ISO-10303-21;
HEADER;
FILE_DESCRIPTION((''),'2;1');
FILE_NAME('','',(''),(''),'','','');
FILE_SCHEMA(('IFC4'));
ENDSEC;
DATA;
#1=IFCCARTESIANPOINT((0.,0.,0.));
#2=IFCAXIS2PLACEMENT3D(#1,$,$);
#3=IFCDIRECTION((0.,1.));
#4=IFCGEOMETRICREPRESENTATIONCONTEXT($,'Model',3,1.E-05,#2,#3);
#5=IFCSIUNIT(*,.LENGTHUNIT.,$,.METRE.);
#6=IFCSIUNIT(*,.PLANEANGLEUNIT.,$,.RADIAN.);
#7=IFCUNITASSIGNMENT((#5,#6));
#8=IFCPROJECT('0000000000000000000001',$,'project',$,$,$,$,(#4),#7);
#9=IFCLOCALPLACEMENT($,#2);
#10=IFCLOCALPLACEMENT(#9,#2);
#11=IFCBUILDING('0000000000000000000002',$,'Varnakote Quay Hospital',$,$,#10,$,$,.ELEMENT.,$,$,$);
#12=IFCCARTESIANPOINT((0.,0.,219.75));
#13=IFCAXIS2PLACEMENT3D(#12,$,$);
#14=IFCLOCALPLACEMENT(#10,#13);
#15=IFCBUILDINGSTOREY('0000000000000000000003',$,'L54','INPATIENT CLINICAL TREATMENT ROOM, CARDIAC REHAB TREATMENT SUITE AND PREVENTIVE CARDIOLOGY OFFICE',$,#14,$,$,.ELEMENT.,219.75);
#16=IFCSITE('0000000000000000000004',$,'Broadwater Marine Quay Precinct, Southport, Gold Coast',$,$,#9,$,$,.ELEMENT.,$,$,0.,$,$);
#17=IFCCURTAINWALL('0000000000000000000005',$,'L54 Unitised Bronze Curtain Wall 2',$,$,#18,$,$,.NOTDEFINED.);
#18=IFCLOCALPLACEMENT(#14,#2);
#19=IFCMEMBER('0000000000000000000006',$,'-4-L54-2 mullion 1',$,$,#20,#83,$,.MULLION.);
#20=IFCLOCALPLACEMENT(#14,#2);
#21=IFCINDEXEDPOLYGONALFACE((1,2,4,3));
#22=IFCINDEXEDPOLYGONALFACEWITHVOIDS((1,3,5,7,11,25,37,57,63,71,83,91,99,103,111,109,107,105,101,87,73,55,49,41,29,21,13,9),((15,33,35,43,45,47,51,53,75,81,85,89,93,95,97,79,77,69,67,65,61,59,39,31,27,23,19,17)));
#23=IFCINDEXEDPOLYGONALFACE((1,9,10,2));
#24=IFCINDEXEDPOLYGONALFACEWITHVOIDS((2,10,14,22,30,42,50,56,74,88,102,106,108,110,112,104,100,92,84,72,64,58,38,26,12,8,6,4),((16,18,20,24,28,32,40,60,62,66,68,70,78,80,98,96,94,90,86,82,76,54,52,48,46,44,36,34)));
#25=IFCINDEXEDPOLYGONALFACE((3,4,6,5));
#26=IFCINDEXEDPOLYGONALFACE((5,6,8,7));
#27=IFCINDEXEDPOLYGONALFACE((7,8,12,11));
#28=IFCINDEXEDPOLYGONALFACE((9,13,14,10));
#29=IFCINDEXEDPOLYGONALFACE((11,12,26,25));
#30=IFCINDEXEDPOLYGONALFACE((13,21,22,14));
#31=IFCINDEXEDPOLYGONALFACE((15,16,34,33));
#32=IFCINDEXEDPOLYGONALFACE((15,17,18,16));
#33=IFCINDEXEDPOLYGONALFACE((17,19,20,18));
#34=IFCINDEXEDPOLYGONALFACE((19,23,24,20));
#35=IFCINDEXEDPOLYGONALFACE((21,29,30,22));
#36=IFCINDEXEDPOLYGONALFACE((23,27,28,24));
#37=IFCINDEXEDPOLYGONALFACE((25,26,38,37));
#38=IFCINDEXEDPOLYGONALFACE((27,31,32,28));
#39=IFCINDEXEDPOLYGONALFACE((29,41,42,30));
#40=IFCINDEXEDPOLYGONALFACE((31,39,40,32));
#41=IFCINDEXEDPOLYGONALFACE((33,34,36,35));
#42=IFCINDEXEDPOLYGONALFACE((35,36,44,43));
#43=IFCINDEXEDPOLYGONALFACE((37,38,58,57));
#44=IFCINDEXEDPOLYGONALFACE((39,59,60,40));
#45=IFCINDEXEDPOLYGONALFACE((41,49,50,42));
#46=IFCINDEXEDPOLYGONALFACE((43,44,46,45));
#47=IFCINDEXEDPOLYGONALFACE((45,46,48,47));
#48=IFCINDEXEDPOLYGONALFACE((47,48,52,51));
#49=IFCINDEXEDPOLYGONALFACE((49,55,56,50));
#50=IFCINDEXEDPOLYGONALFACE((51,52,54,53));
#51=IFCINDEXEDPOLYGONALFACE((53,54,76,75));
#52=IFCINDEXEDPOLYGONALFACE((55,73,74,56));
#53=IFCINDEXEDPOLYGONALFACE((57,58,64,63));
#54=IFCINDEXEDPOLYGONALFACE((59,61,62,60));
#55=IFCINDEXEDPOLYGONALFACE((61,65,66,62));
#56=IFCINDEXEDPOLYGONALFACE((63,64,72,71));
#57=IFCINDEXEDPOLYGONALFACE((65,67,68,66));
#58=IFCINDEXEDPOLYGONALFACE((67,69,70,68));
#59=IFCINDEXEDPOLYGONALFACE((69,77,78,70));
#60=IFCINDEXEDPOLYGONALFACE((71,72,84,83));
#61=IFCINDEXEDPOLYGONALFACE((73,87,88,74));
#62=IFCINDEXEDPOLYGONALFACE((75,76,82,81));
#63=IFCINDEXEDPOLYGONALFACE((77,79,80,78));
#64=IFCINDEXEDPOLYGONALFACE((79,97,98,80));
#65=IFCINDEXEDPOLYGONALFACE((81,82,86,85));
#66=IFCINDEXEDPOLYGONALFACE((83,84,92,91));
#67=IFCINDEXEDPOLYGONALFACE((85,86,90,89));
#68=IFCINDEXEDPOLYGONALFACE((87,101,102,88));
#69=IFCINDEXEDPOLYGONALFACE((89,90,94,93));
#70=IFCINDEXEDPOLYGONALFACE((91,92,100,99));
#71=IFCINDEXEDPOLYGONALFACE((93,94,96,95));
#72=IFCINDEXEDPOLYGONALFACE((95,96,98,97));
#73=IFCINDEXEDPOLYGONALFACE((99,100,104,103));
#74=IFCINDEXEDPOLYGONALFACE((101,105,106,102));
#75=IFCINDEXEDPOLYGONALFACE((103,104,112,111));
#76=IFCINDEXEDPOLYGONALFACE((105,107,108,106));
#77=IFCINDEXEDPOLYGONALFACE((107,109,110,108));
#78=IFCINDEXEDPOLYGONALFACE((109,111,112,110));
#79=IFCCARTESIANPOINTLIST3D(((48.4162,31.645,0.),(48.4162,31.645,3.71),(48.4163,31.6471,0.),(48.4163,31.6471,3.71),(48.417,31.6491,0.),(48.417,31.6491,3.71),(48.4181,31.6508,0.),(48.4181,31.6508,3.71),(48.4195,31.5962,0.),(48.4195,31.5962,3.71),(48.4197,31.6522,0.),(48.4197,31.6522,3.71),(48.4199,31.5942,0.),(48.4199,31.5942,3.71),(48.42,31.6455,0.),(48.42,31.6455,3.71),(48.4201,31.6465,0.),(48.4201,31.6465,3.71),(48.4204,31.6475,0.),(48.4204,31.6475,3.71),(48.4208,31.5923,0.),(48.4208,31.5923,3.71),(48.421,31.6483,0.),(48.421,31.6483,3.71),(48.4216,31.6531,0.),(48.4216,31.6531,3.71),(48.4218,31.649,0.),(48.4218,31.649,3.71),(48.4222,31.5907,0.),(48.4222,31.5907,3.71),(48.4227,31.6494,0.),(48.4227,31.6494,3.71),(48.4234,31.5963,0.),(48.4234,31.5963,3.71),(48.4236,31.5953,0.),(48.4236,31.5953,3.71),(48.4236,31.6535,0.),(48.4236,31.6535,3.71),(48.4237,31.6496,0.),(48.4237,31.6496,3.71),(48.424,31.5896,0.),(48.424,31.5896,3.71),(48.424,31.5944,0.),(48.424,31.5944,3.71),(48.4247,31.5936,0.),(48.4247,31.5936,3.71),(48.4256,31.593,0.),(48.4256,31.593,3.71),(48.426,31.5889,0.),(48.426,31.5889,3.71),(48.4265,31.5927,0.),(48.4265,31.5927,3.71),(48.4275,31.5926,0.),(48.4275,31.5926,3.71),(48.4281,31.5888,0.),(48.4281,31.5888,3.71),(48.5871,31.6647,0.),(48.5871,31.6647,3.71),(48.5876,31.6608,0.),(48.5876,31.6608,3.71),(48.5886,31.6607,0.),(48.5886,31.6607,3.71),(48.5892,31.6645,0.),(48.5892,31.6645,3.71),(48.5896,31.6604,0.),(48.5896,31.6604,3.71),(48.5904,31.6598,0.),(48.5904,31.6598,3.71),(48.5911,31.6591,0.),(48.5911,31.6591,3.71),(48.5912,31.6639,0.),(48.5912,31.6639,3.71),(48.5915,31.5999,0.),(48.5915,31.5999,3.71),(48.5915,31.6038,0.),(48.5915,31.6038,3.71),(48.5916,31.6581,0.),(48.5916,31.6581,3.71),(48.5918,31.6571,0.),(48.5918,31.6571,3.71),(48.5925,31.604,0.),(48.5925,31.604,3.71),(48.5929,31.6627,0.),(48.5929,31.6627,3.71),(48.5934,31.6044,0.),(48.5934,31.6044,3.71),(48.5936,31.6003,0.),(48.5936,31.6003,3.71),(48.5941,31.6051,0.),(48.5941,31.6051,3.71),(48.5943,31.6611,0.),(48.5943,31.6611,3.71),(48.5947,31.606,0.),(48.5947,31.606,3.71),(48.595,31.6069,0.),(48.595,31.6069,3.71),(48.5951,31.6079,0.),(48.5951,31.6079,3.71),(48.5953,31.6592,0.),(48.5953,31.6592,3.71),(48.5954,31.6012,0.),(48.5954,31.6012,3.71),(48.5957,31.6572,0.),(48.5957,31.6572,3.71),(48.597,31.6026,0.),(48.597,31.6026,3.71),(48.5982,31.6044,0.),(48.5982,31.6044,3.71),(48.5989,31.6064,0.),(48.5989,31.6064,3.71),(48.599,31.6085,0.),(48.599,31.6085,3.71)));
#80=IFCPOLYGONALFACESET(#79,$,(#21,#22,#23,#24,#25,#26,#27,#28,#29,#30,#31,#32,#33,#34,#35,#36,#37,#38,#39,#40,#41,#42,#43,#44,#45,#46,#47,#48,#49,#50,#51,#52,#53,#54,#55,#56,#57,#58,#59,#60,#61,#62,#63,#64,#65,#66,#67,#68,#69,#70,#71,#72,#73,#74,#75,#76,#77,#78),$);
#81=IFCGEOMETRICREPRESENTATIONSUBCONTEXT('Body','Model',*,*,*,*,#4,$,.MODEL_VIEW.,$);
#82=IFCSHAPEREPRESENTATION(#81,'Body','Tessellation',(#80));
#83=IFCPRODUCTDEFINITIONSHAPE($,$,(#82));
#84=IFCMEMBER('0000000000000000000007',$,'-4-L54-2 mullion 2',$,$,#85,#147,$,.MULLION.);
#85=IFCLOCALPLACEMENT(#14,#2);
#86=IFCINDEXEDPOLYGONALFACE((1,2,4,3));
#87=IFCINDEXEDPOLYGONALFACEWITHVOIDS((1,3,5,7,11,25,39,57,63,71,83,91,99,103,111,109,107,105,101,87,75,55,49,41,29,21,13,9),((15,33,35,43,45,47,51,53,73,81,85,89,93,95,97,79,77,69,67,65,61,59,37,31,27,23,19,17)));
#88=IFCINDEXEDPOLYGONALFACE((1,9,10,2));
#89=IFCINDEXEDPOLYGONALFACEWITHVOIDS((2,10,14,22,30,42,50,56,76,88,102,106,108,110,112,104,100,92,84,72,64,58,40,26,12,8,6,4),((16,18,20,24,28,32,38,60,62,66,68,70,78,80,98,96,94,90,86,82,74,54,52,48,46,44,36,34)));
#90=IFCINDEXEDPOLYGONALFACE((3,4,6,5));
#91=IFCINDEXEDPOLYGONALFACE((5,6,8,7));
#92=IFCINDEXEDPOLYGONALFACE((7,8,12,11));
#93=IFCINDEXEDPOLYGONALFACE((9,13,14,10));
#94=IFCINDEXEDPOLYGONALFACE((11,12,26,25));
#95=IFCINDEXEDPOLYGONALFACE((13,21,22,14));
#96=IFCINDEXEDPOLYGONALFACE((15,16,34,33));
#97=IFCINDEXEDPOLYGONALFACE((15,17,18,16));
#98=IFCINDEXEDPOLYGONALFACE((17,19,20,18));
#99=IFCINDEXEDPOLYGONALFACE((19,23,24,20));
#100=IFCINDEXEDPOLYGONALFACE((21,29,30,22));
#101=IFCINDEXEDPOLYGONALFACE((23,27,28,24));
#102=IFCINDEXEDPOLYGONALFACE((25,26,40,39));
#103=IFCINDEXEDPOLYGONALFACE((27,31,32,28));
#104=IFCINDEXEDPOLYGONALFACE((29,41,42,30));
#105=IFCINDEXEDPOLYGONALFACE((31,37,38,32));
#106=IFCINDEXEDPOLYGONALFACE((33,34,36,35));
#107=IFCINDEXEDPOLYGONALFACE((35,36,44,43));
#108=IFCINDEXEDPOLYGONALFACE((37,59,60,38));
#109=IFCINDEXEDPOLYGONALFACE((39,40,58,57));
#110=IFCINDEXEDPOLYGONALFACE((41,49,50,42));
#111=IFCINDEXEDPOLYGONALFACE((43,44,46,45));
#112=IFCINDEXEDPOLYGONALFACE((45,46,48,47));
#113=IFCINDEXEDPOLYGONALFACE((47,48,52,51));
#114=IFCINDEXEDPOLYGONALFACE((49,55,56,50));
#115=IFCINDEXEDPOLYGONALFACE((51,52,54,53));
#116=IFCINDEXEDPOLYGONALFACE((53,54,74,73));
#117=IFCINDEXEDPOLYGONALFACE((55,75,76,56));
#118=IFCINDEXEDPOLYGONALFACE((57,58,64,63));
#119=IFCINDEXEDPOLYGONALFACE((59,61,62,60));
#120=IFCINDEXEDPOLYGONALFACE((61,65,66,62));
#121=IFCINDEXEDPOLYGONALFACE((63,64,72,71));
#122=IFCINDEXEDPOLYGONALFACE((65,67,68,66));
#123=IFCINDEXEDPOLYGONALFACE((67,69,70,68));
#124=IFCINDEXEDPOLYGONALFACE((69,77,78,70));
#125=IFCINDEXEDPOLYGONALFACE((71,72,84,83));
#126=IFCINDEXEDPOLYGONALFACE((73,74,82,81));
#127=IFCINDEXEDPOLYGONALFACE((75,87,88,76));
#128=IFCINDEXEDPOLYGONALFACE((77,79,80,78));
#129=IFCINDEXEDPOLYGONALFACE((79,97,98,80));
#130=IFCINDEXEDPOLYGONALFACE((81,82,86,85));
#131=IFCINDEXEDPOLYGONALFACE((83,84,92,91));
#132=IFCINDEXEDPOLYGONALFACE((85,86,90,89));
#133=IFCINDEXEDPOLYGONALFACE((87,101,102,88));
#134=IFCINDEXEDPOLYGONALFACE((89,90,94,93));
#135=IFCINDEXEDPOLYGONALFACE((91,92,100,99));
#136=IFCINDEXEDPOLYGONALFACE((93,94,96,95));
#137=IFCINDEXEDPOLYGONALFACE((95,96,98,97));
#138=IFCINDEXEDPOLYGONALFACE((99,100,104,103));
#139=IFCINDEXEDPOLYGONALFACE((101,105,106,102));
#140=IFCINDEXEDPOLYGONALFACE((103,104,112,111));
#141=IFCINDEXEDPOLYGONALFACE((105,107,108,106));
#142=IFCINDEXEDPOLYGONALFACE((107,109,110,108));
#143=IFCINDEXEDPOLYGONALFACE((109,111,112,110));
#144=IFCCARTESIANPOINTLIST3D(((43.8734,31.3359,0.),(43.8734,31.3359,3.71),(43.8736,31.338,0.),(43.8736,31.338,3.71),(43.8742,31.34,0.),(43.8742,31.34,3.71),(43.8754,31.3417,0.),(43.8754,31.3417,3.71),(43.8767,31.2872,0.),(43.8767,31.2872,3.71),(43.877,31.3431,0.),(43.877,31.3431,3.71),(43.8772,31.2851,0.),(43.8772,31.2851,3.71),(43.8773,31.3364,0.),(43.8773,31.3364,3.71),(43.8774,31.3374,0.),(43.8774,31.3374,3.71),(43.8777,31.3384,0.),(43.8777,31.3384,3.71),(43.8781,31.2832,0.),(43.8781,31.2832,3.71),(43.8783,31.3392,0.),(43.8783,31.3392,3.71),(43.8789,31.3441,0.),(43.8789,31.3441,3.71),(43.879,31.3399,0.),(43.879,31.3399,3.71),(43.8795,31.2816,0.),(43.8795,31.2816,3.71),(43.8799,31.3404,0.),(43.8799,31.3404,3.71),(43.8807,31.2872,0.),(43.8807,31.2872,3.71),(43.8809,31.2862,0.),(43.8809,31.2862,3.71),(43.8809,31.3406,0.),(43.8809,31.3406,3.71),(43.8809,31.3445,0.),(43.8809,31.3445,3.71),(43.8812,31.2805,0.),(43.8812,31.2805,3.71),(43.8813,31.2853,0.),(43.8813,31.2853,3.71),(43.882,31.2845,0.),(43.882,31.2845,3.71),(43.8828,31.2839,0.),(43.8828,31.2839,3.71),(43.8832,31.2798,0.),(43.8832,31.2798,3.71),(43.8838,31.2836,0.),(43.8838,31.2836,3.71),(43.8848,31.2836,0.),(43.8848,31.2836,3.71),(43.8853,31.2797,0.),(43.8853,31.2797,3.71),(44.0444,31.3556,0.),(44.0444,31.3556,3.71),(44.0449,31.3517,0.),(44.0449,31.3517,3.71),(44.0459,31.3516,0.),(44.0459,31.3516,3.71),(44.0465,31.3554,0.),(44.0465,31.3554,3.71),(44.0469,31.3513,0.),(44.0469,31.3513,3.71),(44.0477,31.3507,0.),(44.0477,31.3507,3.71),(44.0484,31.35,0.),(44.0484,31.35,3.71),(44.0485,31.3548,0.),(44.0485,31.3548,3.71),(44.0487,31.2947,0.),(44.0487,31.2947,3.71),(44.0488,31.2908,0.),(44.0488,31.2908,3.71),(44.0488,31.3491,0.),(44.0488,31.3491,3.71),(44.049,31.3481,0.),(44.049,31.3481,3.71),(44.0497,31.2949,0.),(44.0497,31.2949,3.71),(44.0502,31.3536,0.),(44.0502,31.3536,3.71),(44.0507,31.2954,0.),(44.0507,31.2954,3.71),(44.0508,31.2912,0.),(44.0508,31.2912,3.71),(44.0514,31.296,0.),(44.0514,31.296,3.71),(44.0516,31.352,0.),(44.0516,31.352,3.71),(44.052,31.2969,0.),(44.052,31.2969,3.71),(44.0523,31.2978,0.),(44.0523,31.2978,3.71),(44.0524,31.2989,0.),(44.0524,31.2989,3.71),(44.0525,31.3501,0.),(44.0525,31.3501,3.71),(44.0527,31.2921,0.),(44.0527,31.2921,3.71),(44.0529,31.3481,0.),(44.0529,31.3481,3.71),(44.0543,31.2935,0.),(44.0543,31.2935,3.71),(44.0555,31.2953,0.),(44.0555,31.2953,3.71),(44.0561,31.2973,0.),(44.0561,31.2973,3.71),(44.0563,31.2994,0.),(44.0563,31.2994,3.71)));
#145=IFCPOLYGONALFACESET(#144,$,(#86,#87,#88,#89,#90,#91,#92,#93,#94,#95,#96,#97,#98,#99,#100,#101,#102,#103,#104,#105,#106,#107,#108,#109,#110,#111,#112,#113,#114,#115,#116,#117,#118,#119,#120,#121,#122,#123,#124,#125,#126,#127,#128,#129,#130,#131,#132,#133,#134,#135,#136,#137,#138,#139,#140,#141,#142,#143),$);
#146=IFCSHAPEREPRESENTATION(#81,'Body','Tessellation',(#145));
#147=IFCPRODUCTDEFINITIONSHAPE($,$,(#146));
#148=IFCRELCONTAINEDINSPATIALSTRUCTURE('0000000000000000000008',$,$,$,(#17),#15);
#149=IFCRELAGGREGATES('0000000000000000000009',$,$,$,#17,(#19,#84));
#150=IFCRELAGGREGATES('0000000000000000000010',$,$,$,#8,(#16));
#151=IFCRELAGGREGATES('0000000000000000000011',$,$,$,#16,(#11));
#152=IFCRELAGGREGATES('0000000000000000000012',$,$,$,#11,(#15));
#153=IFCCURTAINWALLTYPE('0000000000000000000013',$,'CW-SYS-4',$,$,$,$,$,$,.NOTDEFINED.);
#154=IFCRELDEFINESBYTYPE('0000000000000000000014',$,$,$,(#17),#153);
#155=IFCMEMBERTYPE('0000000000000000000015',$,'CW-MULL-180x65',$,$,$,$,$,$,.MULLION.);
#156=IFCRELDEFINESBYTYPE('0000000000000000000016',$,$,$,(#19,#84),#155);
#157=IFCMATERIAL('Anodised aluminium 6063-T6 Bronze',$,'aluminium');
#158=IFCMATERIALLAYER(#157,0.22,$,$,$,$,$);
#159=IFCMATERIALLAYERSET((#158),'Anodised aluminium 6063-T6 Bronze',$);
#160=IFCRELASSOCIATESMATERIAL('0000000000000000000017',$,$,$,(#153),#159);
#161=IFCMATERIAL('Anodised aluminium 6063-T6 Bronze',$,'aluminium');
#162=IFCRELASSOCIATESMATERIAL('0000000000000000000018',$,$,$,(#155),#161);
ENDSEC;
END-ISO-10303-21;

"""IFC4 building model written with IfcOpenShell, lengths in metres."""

from ifc_helpers import new_model, si_unit, direction, frame, origin, origin_2d, place, context, subcontext, project, spatial, hollow_rectangle, extrude, material, layer, layer_set, material_profile, profile_set, type_object, element, aggregate, save


model = new_model("IFC4")

# Units and contexts
model_context = context("Model", 3, precision=1e-05, world=origin(), true_north=direction((0.0, 1.0)))
body_context = subcontext(model_context, "Body", "Model", "MODEL_VIEW")
ifc_project = project(units=[si_unit("LENGTHUNIT", "METRE"), si_unit("PLANEANGLEUNIT", "RADIAN")], contexts=[model_context])

# Site, building, storey
site_placement = place(None, origin())
site = spatial("IfcSite", under=ifc_project, at=site_placement, Name="Broadwater Marine Quay Precinct, Southport, Gold Coast", CompositionType="ELEMENT", RefElevation=0.0)
building_placement = place(site_placement, origin())
building = spatial("IfcBuilding", under=site, at=building_placement, Name="Varnakote Quay Hospital", CompositionType="ELEMENT")
storey_placement = place(building_placement, frame((0.0, 0.0, 219.75)))
storey = spatial("IfcBuildingStorey", under=building, at=storey_placement, Name="L54", Description="INPATIENT CLINICAL TREATMENT ROOM, CARDIAC REHAB TREATMENT SUITE AND PREVENTIVE CARDIOLOGY OFFICE", CompositionType="ELEMENT", Elevation=219.75)

# Curtain wall, members
ifc_material_1 = material(Name="Anodised aluminium 6063-T6 Bronze", Category="aluminium")
ifc_layer_1 = layer(ifc_material_1, 0.22)
ifc_layer_set_1 = layer_set([ifc_layer_1], Name="Anodised aluminium 6063-T6 Bronze")
curtain_wall_type = type_object("IfcCurtainWallType", Name="CW-SYS-4", PredefinedType="NOTDEFINED", material=ifc_layer_set_1)
curtain_wall_placement = place(storey_placement, origin())
curtain_wall = element("IfcCurtainWall", 1, at=curtain_wall_placement, inside=storey, type_object=curtain_wall_type, Name="L54 Unitised Bronze Curtain Wall 2", PredefinedType="NOTDEFINED")
ifc_material_2 = material(Name="Anodised aluminium 6063-T6 Bronze", Category="aluminium")
ifc_material_profile_1 = material_profile(ifc_material_2, hollow_rectangle(XDim=0.0649, YDim=0.1799, WallThickness=0.0039, InnerFilletRadius=0.0039, OuterFilletRadius=0.0081, at=origin_2d()), Name="CW-MULL-180x65")
ifc_profile_set_1 = profile_set([ifc_material_profile_1], Name="Anodised aluminium 6063-T6 Bronze")
member_type_1 = type_object("IfcMemberType", Name="CW-MULL-180x65", PredefinedType="MULLION", material=ifc_profile_set_1)
member_1_placement = place(storey_placement, frame((48.5076, 31.6267, 0.0), z_axis=(0.0, 0.0, 1.0), x_axis=(0.067842, -0.997696, 0.0)))
member_1 = element("IfcMember", 2, at=member_1_placement, type_object=member_type_1, Name="-4-L54-2 mullion 1", PredefinedType="MULLION", context=body_context, shape_type="SweptSolid", body=[
    extrude(hollow_rectangle(XDim=0.0649, YDim=0.1799, WallThickness=0.0039, InnerFilletRadius=0.0039, OuterFilletRadius=0.0081, at=origin_2d()), origin(), (0.0, 0.0, 1.0), 3.71),
])
member_2_placement = place(storey_placement, frame((43.9648, 31.3176, 0.0), z_axis=(0.0, 0.0, 1.0), x_axis=(0.067842, -0.997696, 0.0)))
member_2 = element("IfcMember", 3, at=member_2_placement, type_object=member_type_1, Name="-4-L54-2 mullion 2", PredefinedType="MULLION", context=body_context, shape_type="SweptSolid", body=[
    extrude(hollow_rectangle(XDim=0.0649, YDim=0.1799, WallThickness=0.0039, InnerFilletRadius=0.0039, OuterFilletRadius=0.0081, at=origin_2d()), origin(), (0.0, 0.0, 1.0), 3.71),
])
aggregate(curtain_wall, [member_1, member_2])

save(model, "model.ifc")
